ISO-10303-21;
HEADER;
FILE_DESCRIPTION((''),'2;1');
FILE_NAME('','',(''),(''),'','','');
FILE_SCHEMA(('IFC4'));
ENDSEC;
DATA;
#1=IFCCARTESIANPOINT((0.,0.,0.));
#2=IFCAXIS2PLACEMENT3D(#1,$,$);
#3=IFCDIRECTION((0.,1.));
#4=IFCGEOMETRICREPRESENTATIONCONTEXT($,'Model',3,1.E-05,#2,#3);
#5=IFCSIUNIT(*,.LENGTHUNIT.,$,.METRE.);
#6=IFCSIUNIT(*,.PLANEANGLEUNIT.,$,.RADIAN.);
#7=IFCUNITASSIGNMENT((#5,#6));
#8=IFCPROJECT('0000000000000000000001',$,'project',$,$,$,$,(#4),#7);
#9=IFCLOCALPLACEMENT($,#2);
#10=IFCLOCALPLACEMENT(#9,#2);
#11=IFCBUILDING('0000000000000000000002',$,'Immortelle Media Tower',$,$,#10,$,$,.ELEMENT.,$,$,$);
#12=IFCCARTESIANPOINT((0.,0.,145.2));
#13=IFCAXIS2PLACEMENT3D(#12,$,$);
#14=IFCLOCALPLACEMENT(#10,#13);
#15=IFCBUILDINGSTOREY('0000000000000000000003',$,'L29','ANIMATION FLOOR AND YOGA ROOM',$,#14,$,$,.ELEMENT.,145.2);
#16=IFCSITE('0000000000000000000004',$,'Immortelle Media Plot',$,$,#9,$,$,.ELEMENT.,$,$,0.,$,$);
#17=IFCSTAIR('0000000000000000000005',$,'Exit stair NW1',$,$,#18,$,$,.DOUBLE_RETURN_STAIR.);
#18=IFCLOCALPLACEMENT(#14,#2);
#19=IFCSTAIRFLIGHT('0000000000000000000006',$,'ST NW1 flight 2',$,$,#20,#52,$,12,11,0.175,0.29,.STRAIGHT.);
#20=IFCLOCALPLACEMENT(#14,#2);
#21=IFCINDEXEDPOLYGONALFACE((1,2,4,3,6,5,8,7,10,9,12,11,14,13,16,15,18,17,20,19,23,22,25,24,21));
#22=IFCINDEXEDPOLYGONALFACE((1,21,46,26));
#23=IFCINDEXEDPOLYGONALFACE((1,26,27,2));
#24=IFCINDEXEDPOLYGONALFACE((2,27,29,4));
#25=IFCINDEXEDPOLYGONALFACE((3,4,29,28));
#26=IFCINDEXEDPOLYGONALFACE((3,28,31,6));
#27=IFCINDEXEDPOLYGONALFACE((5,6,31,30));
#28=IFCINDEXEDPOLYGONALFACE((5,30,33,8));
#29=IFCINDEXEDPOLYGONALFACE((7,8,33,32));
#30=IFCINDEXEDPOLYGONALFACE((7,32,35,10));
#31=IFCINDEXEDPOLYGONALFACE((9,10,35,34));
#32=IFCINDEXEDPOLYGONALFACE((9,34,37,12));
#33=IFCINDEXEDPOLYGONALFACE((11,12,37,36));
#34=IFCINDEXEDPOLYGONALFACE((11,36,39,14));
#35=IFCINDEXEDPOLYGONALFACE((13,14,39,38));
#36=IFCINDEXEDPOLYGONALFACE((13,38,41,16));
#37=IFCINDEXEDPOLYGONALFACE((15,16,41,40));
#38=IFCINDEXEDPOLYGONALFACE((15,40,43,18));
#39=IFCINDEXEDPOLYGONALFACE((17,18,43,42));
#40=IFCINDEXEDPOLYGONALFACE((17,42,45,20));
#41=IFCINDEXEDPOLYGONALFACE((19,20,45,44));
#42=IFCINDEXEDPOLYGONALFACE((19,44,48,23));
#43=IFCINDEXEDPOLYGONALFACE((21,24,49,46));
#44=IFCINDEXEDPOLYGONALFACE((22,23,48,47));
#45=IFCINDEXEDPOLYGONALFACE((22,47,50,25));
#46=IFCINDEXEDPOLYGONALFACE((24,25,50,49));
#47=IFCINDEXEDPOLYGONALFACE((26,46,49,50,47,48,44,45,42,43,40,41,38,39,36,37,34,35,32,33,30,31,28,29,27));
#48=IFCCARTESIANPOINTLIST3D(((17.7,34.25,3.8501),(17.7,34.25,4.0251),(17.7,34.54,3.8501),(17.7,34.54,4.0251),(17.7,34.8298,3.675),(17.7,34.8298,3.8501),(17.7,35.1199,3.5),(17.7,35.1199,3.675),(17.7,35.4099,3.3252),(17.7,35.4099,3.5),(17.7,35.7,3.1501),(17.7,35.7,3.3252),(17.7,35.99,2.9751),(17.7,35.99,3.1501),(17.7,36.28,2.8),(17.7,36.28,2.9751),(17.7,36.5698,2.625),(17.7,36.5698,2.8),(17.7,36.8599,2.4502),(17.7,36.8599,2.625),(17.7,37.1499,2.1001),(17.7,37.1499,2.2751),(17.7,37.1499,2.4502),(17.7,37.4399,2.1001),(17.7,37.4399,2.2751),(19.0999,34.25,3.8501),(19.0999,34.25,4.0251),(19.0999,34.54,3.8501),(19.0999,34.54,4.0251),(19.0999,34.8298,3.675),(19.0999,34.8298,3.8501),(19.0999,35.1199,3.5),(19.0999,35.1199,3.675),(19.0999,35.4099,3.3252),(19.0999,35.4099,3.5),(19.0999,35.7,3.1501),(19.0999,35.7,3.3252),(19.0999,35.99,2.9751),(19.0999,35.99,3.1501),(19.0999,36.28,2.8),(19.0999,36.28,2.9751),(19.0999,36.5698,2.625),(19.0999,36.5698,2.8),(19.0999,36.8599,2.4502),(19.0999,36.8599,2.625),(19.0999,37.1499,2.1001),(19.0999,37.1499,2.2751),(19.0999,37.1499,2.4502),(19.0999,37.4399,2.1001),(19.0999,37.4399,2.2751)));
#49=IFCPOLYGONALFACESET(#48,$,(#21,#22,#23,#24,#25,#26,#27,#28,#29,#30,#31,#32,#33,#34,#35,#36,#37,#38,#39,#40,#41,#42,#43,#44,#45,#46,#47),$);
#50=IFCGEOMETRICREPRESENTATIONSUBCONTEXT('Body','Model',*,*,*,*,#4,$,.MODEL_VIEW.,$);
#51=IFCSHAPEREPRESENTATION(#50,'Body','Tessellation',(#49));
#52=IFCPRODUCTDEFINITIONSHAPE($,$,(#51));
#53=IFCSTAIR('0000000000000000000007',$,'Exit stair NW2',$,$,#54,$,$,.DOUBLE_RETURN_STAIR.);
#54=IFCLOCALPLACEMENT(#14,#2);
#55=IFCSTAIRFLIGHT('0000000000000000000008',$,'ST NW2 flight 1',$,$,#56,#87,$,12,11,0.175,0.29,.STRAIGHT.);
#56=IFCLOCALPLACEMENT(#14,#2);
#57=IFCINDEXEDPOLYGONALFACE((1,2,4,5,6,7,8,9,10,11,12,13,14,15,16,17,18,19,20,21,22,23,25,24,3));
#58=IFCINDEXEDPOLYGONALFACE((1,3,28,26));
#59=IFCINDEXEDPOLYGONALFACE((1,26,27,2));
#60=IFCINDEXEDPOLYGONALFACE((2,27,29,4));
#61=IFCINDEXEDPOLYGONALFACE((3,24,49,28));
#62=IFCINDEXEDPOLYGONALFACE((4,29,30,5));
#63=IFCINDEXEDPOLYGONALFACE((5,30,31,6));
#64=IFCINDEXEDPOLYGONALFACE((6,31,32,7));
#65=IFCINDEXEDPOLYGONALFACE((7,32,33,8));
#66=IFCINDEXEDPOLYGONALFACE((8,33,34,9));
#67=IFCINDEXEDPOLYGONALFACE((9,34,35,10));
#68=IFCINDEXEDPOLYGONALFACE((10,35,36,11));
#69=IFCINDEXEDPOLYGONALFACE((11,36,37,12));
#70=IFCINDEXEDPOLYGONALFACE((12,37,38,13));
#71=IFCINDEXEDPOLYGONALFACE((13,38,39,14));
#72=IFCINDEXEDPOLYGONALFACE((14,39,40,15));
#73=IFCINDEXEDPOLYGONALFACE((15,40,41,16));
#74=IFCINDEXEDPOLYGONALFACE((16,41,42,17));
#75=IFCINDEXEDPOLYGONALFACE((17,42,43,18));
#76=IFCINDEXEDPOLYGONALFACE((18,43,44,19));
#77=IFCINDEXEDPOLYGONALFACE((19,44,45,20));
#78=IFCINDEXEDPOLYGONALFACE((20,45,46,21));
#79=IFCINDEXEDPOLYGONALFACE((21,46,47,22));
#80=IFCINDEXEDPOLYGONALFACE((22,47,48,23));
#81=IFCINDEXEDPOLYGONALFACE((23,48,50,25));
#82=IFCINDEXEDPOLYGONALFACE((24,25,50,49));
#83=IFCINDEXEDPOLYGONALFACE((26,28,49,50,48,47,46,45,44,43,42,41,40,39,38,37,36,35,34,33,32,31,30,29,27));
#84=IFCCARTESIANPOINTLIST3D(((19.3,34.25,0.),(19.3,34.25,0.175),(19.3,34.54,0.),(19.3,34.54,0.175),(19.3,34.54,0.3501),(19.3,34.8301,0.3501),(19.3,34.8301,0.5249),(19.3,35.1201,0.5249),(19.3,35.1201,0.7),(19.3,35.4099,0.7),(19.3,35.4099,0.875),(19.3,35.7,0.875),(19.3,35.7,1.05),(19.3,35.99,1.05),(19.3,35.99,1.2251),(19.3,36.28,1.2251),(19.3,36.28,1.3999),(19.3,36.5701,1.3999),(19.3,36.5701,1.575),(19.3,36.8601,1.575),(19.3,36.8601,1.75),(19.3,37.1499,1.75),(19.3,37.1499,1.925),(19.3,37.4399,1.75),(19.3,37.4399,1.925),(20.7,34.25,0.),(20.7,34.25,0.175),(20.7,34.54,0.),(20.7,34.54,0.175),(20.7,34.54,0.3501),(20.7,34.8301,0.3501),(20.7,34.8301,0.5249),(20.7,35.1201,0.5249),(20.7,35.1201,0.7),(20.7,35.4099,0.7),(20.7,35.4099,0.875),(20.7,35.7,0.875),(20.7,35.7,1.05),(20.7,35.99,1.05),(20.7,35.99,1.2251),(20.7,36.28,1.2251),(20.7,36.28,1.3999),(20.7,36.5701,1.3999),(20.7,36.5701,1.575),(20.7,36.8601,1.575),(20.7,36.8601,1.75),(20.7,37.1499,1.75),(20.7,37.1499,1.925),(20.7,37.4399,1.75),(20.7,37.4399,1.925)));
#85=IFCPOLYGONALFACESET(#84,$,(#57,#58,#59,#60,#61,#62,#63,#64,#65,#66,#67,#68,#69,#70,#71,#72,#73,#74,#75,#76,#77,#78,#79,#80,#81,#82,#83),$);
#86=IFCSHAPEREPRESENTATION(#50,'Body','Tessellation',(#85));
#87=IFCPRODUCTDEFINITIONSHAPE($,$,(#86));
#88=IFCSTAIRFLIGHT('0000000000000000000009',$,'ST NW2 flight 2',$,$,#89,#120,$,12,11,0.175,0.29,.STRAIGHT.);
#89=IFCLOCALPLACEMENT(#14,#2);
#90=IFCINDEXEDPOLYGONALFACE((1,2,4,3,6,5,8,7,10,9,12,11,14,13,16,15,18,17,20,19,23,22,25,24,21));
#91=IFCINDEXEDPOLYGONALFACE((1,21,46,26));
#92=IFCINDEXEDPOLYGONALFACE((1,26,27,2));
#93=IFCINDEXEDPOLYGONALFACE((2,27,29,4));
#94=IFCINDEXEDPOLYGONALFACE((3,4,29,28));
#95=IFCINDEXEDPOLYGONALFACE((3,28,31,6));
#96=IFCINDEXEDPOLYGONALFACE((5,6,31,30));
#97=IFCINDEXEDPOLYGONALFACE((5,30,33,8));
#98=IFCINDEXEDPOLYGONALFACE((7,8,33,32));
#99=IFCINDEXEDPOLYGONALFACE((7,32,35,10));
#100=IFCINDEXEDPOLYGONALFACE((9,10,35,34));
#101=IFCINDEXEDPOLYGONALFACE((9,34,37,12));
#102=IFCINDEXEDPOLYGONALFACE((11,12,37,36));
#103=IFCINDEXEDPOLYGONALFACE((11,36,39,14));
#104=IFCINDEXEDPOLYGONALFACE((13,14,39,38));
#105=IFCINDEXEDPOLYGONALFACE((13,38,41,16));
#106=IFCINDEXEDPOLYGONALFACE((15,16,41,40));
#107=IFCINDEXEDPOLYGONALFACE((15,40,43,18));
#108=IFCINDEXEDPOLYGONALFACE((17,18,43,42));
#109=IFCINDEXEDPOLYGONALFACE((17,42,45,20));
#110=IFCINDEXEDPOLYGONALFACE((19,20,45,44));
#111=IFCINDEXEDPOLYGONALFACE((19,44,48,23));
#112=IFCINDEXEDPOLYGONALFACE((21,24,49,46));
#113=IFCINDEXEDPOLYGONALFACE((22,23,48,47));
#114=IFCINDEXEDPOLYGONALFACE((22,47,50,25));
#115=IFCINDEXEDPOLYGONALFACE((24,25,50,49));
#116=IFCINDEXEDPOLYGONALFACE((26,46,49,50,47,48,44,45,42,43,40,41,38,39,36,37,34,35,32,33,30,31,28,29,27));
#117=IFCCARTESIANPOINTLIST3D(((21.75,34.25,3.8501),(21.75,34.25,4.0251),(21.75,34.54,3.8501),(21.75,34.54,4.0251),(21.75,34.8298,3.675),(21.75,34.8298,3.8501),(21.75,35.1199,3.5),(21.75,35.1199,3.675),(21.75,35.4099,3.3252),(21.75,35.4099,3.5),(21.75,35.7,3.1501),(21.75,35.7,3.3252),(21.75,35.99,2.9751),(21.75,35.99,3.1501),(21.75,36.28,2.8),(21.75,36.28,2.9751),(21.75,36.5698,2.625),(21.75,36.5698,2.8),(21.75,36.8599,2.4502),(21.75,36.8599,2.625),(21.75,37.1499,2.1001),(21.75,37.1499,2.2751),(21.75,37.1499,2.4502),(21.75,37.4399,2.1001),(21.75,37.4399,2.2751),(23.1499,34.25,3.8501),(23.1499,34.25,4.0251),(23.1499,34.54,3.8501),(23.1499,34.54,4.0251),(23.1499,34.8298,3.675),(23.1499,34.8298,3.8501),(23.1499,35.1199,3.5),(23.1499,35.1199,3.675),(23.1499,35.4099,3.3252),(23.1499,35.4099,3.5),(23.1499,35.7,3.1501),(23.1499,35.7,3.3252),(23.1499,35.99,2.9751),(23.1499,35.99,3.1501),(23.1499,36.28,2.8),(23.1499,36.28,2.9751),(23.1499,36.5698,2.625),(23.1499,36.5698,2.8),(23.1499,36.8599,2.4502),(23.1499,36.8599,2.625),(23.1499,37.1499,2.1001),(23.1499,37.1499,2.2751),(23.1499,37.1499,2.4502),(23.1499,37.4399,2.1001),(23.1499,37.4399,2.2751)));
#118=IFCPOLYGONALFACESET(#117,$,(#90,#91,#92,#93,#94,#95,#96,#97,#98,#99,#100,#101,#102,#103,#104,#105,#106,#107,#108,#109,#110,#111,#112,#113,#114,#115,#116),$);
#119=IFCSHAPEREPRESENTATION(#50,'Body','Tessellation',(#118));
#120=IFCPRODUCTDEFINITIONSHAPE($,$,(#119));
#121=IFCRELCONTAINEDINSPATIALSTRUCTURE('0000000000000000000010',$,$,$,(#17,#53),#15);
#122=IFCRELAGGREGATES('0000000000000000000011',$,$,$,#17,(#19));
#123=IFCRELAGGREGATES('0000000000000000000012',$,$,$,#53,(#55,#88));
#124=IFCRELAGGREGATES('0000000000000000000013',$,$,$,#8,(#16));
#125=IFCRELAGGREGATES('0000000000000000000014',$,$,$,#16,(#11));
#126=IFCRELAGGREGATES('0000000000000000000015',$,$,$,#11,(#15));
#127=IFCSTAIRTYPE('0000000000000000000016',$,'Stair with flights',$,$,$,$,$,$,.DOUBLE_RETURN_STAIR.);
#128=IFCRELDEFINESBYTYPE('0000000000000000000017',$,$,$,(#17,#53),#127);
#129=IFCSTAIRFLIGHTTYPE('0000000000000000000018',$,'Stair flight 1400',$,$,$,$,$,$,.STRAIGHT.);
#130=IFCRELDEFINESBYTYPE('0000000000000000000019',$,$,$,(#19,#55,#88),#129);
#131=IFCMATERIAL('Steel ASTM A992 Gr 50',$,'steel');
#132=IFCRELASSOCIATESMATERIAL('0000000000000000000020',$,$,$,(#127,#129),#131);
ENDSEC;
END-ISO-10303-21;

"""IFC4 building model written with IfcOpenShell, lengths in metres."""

from ifc_helpers import new_model, si_unit, direction, frame, origin, place, context, subcontext, project, spatial, polyline, outline, extrude, material, type_object, element, aggregate, save


model = new_model("IFC4")

# Units and contexts
model_context = context("Model", 3, precision=1e-05, world=origin(), true_north=direction((0.0, 1.0)))
body_context = subcontext(model_context, "Body", "Model", "MODEL_VIEW")
ifc_project = project(units=[si_unit("LENGTHUNIT", "METRE"), si_unit("PLANEANGLEUNIT", "RADIAN")], contexts=[model_context])

# Site, building, storey
site_placement = place(None, origin())
site = spatial("IfcSite", under=ifc_project, at=site_placement, Name="Immortelle Media Plot", CompositionType="ELEMENT", RefElevation=0.0)
building_placement = place(site_placement, origin())
building = spatial("IfcBuilding", under=site, at=building_placement, Name="Immortelle Media Tower", CompositionType="ELEMENT")
storey_placement = place(building_placement, frame((0.0, 0.0, 145.2)))
storey = spatial("IfcBuildingStorey", under=building, at=storey_placement, Name="L29", Description="ANIMATION FLOOR AND YOGA ROOM", CompositionType="ELEMENT", Elevation=145.2)

# Shared definitions
ifc_material_1 = material(Name="Steel ASTM A992 Gr 50", Category="steel")

# Stairs, stair flights
stair_type = type_object("IfcStairType", Name="Stair with flights", PredefinedType="DOUBLE_RETURN_STAIR", material=ifc_material_1)
stair_1_placement = place(storey_placement, origin())
stair_1 = element("IfcStair", 1, at=stair_1_placement, inside=storey, type_object=stair_type, Name="Exit stair NW1", PredefinedType="DOUBLE_RETURN_STAIR")
stair_flight_type = type_object("IfcStairFlightType", Name="Stair flight 1400", PredefinedType="STRAIGHT", material=ifc_material_1)
stair_flight_1_placement = place(storey_placement, frame((18.3999, 37.4399, 2.1001), z_axis=(0.0, 0.0, 1.0), x_axis=(0.0, -1.0, 0.0)))
stair_flight_1 = element("IfcStairFlight", 2, at=stair_flight_1_placement, type_object=stair_flight_type, Name="ST NW1 flight 2", NumberOfRisers=12, NumberOfTreads=11, PredefinedType="STRAIGHT", RiserHeight=0.175, TreadLength=0.29, context=body_context, shape_type="SweptSolid", body=[
    extrude(outline(polyline([(0.0, 0.0), (0.0, 0.175), (0.29, 0.175), (0.29, 0.3501), (0.5801, 0.3501), (0.5801, 0.5249), (0.8701, 0.5249), (0.8701, 0.7), (1.1599, 0.7), (1.1599, 0.875), (1.45, 0.875), (1.45, 1.05), (1.74, 1.05), (1.74, 1.2251), (2.03, 1.2251), (2.03, 1.3999), (2.3201, 1.3999), (2.3201, 1.575), (2.6101, 1.575), (2.6101, 1.75), (2.8999, 1.75), (2.8999, 1.925), (3.1899, 1.925), (3.1899, 2.1001), (3.1899, 1.75), (0.29, 0.0), (0.0, 0.0)])), frame((0.0, 0.7, 0.0), z_axis=(0.0, -1.0, 0.0), x_axis=(1.0, 0.0, 0.0)), (0.0, 0.0, 1.0), 1.3999),
])
aggregate(stair_1, [stair_flight_1])
stair_2_placement = place(storey_placement, origin())
stair_2 = element("IfcStair", 3, at=stair_2_placement, inside=storey, type_object=stair_type, Name="Exit stair NW2", PredefinedType="DOUBLE_RETURN_STAIR")
stair_flight_2_placement = place(storey_placement, frame((20.0, 34.25, 0.0), z_axis=(0.0, 0.0, 1.0), x_axis=(0.0, 1.0, 0.0)))
stair_flight_2 = element("IfcStairFlight", 4, at=stair_flight_2_placement, type_object=stair_flight_type, Name="ST NW2 flight 1", NumberOfRisers=12, NumberOfTreads=11, PredefinedType="STRAIGHT", RiserHeight=0.175, TreadLength=0.29, context=body_context, shape_type="SweptSolid", body=[
    extrude(outline(polyline([(0.0, 0.0), (0.0, 0.175), (0.29, 0.175), (0.29, 0.3501), (0.5801, 0.3501), (0.5801, 0.5249), (0.8701, 0.5249), (0.8701, 0.7), (1.1599, 0.7), (1.1599, 0.875), (1.45, 0.875), (1.45, 1.05), (1.74, 1.05), (1.74, 1.2251), (2.03, 1.2251), (2.03, 1.3999), (2.3201, 1.3999), (2.3201, 1.575), (2.6101, 1.575), (2.6101, 1.75), (2.8999, 1.75), (2.8999, 1.925), (3.1899, 1.925), (3.1899, 2.1001), (3.1899, 1.75), (0.29, 0.0), (0.0, 0.0)])), frame((0.0, 0.7, 0.0), z_axis=(0.0, -1.0, 0.0), x_axis=(1.0, 0.0, 0.0)), (0.0, 0.0, 1.0), 1.3999),
])
stair_flight_3_placement = place(storey_placement, frame((22.45, 37.4399, 2.1001), z_axis=(0.0, 0.0, 1.0), x_axis=(0.0, -1.0, 0.0)))
stair_flight_3 = element("IfcStairFlight", 5, at=stair_flight_3_placement, type_object=stair_flight_type, Name="ST NW2 flight 2", NumberOfRisers=12, NumberOfTreads=11, PredefinedType="STRAIGHT", RiserHeight=0.175, TreadLength=0.29, context=body_context, shape_type="SweptSolid", body=[
    extrude(outline(polyline([(0.0, 0.0), (0.0, 0.175), (0.29, 0.175), (0.29, 0.3501), (0.5801, 0.3501), (0.5801, 0.5249), (0.8701, 0.5249), (0.8701, 0.7), (1.1599, 0.7), (1.1599, 0.875), (1.45, 0.875), (1.45, 1.05), (1.74, 1.05), (1.74, 1.2251), (2.03, 1.2251), (2.03, 1.3999), (2.3201, 1.3999), (2.3201, 1.575), (2.6101, 1.575), (2.6101, 1.75), (2.8999, 1.75), (2.8999, 1.925), (3.1899, 1.925), (3.1899, 2.1001), (3.1899, 1.75), (0.29, 0.0), (0.0, 0.0)])), frame((0.0, 0.7, 0.0), z_axis=(0.0, -1.0, 0.0), x_axis=(1.0, 0.0, 0.0)), (0.0, 0.0, 1.0), 1.3999),
])
aggregate(stair_2, [stair_flight_2, stair_flight_3])

save(model, "model.ifc")
